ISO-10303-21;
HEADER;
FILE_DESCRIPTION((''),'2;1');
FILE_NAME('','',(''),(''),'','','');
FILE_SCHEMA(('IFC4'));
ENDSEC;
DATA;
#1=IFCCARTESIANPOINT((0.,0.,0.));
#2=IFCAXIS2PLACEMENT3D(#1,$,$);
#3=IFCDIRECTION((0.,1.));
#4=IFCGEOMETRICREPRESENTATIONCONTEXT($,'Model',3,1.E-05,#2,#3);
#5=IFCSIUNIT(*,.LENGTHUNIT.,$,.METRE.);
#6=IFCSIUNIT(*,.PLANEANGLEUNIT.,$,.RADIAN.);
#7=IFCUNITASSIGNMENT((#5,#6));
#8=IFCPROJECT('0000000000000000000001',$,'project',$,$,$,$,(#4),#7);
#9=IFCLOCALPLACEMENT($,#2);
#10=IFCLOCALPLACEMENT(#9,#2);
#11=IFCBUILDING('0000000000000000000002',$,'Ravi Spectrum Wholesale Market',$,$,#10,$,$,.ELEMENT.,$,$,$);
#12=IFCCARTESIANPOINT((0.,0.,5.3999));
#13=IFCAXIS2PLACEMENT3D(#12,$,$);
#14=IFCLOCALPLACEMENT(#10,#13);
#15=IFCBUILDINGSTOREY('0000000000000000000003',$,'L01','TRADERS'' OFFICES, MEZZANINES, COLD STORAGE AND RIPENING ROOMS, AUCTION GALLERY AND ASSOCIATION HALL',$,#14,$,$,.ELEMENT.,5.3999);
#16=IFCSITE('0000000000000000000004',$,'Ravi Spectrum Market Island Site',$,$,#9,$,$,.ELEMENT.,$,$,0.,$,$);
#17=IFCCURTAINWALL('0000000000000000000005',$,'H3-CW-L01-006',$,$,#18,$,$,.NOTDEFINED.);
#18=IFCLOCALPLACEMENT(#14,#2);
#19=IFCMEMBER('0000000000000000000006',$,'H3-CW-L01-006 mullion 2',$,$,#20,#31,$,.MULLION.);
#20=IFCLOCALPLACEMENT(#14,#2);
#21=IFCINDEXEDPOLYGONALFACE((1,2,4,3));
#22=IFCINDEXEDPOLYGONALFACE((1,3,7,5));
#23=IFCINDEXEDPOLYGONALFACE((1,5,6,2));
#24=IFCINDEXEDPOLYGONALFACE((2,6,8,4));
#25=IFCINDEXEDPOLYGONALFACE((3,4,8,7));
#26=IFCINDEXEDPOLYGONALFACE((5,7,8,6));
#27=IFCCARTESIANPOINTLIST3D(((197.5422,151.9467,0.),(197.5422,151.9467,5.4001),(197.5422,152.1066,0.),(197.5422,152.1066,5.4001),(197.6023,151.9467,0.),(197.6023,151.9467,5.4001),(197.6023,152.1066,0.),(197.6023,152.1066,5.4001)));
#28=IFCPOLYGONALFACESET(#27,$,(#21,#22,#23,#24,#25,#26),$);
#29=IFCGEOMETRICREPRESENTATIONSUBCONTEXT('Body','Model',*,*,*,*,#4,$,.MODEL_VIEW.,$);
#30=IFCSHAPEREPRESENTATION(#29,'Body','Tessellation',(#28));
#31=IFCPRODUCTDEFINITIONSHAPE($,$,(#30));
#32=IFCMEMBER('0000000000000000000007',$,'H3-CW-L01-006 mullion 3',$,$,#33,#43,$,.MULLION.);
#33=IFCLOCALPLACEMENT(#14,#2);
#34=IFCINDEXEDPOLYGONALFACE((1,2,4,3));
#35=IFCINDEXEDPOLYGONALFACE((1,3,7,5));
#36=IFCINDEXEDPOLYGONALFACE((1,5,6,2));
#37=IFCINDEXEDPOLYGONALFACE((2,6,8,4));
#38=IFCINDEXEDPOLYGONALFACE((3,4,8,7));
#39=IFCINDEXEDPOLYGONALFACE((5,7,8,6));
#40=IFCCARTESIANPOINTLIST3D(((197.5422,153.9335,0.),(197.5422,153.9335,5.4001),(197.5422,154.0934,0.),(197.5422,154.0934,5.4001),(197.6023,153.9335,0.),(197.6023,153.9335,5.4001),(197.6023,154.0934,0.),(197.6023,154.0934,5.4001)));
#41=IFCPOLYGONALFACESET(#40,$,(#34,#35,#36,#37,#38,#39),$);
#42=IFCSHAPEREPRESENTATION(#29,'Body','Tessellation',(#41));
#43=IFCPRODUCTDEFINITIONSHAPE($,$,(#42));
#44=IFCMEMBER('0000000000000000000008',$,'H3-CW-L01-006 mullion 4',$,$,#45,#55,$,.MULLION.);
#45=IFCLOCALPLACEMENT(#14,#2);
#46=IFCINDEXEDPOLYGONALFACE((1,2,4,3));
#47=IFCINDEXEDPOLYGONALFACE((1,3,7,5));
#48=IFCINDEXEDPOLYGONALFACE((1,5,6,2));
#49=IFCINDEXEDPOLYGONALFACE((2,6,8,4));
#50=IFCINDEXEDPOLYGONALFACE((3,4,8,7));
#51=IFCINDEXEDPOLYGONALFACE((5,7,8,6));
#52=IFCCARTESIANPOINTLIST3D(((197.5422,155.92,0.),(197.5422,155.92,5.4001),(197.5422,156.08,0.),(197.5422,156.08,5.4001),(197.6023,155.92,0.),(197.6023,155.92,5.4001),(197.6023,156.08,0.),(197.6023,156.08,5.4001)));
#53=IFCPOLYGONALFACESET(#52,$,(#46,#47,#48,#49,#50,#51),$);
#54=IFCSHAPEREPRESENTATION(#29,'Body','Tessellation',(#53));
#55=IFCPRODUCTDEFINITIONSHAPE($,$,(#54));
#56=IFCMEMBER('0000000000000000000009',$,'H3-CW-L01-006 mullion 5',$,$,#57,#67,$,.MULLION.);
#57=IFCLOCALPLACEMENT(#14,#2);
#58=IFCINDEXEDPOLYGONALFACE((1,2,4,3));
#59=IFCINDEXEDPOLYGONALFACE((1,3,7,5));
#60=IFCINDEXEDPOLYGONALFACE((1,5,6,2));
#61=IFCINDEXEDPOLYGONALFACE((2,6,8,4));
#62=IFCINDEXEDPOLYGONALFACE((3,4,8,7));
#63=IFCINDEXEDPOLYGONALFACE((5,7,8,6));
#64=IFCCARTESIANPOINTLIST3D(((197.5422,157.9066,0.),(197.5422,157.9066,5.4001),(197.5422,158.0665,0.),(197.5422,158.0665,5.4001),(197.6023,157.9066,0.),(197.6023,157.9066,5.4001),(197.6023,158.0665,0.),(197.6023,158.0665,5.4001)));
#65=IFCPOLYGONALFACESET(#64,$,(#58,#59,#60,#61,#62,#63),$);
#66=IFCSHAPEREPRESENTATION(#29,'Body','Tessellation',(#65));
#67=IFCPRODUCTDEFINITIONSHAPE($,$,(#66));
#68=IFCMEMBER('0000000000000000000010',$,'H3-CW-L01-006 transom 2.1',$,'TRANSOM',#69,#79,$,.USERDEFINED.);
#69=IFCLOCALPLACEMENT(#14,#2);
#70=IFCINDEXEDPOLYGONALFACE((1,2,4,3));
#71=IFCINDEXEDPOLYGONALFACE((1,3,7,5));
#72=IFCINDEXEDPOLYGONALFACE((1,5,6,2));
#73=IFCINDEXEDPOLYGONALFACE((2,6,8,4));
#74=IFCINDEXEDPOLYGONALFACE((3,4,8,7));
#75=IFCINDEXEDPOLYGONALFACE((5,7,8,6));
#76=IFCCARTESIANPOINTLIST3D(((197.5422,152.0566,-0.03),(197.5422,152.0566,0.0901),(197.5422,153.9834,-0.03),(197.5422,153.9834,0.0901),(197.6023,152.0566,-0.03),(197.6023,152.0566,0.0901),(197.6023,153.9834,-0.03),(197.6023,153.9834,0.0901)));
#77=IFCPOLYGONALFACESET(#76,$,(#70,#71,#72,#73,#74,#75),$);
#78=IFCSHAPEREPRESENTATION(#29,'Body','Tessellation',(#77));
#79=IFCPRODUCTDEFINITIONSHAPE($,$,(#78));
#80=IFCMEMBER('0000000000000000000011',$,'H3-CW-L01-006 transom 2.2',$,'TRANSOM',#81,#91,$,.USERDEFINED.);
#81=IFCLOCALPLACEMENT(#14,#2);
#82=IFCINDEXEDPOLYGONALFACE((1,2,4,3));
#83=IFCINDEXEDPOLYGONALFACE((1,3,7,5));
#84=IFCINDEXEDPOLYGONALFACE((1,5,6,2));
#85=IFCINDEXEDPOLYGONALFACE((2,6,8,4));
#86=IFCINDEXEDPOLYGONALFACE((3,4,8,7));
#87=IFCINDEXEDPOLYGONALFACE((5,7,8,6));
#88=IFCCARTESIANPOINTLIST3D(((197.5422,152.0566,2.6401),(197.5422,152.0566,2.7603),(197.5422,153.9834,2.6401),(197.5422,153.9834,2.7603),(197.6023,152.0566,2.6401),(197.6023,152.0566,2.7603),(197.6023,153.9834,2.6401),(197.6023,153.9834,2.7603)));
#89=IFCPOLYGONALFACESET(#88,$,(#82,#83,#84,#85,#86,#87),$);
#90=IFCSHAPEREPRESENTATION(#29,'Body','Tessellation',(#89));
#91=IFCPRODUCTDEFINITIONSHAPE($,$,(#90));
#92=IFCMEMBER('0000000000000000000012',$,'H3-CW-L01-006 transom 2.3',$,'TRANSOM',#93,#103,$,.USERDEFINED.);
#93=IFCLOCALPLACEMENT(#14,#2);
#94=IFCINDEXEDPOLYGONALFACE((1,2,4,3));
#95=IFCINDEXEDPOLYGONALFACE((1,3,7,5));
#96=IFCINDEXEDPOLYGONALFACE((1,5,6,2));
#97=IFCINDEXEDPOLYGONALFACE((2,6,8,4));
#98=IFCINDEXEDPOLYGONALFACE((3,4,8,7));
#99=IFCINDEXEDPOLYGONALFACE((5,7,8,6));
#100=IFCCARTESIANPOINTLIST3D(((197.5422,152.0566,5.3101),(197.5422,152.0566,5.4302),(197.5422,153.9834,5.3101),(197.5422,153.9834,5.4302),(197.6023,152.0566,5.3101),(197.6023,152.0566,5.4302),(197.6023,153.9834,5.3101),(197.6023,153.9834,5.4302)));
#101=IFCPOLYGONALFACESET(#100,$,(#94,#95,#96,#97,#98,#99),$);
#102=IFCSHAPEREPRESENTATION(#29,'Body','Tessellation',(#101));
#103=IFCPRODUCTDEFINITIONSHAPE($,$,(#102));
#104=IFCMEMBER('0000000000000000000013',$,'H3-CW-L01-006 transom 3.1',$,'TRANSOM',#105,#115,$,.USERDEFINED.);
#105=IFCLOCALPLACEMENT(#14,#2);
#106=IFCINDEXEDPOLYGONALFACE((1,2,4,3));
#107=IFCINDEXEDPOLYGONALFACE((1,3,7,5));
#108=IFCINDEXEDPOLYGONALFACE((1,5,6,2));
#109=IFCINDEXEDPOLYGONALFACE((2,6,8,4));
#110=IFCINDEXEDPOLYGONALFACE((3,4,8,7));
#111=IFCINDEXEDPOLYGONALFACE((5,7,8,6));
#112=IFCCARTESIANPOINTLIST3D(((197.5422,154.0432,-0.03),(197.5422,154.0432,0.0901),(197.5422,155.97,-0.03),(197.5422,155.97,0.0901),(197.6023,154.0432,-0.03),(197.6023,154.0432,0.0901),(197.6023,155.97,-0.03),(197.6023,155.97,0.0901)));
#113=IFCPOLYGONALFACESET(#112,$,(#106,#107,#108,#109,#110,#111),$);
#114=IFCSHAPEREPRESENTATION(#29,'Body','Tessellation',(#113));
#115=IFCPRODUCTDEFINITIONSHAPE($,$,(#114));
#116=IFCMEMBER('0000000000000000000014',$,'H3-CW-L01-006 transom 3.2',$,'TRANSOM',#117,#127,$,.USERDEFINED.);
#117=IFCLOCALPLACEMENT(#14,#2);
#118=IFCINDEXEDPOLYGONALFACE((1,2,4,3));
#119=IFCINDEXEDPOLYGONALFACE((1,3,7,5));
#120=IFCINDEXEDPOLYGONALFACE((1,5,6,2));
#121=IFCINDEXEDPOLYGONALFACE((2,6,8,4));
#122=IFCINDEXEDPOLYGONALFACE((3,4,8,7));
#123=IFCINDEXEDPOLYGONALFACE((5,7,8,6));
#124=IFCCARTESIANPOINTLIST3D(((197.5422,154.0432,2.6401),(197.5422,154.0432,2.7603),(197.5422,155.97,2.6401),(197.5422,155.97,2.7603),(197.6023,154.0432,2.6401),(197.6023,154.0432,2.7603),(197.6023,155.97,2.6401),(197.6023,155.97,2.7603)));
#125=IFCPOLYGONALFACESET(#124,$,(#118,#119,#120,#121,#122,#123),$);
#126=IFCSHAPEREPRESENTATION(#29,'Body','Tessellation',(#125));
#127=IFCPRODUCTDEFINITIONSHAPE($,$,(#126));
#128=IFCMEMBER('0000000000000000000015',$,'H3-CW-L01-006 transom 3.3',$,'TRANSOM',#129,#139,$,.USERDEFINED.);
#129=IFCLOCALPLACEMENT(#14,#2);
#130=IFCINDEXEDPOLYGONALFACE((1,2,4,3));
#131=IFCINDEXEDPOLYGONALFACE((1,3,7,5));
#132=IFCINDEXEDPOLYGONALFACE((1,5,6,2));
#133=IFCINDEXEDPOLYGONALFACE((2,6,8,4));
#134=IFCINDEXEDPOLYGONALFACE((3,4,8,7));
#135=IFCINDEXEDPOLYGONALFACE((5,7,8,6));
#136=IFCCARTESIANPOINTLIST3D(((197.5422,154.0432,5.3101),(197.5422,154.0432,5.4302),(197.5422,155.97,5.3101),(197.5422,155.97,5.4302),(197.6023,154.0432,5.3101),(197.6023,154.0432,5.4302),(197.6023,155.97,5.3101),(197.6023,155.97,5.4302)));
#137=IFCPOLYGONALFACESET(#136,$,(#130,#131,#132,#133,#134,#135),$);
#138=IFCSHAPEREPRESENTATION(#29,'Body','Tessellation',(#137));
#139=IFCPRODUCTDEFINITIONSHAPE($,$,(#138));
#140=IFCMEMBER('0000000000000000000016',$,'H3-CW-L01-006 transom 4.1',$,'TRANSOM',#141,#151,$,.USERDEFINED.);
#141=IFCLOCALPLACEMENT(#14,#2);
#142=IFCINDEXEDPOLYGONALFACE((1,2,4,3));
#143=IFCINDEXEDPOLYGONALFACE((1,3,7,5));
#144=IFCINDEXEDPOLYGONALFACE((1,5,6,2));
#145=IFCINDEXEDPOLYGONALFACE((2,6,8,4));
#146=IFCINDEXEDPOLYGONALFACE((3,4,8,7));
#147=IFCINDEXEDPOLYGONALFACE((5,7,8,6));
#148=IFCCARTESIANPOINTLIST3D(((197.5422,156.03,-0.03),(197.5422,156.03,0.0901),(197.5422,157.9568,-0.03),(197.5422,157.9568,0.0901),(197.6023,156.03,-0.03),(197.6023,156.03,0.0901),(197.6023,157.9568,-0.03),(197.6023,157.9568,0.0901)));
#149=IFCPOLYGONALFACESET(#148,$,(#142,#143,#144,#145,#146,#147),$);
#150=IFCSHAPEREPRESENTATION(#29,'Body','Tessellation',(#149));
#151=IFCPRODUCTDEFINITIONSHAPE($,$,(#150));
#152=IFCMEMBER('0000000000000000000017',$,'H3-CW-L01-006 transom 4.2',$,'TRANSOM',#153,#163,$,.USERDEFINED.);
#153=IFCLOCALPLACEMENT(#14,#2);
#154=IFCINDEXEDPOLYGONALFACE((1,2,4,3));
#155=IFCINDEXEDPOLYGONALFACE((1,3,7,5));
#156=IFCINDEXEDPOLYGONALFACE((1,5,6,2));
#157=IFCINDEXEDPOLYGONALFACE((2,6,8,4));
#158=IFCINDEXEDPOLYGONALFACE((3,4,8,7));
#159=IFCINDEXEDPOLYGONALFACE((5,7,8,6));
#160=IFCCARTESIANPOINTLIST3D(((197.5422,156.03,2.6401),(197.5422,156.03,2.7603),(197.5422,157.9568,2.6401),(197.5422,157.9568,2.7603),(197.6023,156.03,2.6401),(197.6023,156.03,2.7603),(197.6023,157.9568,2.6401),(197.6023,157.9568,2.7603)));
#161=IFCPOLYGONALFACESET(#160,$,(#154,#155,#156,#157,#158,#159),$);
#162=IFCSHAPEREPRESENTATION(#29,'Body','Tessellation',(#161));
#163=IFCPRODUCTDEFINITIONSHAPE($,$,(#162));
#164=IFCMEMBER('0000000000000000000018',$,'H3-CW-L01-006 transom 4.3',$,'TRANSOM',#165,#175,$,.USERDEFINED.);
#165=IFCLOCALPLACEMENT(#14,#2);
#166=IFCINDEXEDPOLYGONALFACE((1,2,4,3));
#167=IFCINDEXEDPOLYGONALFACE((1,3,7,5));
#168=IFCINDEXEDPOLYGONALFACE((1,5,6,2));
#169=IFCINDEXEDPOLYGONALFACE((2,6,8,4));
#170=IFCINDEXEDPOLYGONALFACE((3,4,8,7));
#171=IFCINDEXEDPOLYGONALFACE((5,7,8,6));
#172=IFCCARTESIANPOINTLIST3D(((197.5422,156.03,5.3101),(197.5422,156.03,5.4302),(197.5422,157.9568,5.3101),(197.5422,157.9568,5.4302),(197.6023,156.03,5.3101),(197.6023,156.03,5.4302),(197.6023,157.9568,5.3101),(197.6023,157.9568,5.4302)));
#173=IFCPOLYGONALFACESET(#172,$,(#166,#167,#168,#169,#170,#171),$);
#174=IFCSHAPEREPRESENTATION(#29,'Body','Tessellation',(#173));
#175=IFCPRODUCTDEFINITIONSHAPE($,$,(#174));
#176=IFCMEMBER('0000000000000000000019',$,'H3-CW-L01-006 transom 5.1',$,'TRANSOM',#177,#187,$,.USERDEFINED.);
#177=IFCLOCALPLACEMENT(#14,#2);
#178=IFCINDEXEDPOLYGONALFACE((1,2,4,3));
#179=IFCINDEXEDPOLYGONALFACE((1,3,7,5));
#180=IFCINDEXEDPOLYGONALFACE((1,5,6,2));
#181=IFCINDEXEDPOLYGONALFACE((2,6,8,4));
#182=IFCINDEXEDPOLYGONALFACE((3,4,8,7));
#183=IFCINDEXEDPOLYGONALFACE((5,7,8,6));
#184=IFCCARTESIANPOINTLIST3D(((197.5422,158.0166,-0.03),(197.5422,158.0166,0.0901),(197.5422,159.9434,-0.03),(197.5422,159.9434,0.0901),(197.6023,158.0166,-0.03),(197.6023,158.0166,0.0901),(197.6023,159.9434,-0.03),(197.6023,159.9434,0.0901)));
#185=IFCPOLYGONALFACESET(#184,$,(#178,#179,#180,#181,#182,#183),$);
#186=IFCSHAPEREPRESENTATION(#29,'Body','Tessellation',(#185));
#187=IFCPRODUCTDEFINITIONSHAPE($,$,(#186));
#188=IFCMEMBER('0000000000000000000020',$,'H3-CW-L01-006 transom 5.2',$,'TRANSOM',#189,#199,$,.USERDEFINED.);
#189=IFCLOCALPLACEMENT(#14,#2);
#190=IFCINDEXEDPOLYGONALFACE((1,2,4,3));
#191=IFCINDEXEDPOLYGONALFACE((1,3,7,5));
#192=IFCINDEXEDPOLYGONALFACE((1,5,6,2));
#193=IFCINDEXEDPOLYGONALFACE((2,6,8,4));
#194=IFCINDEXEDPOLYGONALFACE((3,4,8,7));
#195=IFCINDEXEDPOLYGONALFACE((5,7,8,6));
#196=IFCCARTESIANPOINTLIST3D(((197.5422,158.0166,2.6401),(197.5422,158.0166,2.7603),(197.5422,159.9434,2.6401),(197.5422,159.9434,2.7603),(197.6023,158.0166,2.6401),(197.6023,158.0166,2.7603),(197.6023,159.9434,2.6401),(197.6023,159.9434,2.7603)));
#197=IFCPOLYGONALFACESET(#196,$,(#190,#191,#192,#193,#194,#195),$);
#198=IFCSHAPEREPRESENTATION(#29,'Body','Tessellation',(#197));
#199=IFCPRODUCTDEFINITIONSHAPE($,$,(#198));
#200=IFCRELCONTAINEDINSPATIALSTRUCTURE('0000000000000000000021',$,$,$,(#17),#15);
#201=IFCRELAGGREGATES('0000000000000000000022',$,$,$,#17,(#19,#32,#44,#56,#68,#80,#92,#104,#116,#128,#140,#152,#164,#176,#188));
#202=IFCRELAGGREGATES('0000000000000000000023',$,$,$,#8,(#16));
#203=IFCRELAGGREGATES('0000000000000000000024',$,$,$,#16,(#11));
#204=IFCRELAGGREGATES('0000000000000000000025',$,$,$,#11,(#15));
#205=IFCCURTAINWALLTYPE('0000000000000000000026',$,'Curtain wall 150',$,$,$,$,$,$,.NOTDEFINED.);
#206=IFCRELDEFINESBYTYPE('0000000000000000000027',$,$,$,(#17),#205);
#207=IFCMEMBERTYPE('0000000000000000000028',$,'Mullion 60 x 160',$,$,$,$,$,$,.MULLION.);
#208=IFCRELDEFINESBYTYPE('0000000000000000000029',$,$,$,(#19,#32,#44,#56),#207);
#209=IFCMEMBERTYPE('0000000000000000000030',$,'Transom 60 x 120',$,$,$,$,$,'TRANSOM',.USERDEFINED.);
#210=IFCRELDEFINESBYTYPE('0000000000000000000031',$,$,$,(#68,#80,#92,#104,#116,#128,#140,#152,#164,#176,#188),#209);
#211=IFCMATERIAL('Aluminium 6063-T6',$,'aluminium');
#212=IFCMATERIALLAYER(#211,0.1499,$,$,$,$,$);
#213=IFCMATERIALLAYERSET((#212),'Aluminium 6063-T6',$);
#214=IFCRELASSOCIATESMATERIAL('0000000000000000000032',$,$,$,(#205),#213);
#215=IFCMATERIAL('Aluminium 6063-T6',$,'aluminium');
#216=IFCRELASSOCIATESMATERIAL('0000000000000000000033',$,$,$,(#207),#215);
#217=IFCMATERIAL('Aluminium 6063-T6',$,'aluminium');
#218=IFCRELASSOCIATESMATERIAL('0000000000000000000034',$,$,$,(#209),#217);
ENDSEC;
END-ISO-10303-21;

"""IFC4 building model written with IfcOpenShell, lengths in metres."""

from ifc_helpers import new_model, si_unit, direction, frame, origin, origin_2d, place, context, subcontext, project, spatial, rectangle, extrude, material, layer, layer_set, material_profile, profile_set, type_object, element, aggregate, save


model = new_model("IFC4")

# Units and contexts
model_context = context("Model", 3, precision=1e-05, world=origin(), true_north=direction((0.0, 1.0)))
body_context = subcontext(model_context, "Body", "Model", "MODEL_VIEW")
ifc_project = project(units=[si_unit("LENGTHUNIT", "METRE"), si_unit("PLANEANGLEUNIT", "RADIAN")], contexts=[model_context])

# Site, building, storey
site_placement = place(None, origin())
site = spatial("IfcSite", under=ifc_project, at=site_placement, Name="Ravi Spectrum Market Island Site", CompositionType="ELEMENT", RefElevation=0.0)
building_placement = place(site_placement, origin())
building = spatial("IfcBuilding", under=site, at=building_placement, Name="Ravi Spectrum Wholesale Market", CompositionType="ELEMENT")
storey_placement = place(building_placement, frame((0.0, 0.0, 5.3999)))
storey = spatial("IfcBuildingStorey", under=building, at=storey_placement, Name="L01", Description="TRADERS' OFFICES, MEZZANINES, COLD STORAGE AND RIPENING ROOMS, AUCTION GALLERY AND ASSOCIATION HALL", CompositionType="ELEMENT", Elevation=5.3999)

# Curtain wall, members
ifc_material_1 = material(Name="Aluminium 6063-T6", Category="aluminium")
ifc_layer_1 = layer(ifc_material_1, 0.1499)
ifc_layer_set_1 = layer_set([ifc_layer_1], Name="Aluminium 6063-T6")
curtain_wall_type = type_object("IfcCurtainWallType", Name="Curtain wall 150", PredefinedType="NOTDEFINED", material=ifc_layer_set_1)
curtain_wall_placement = place(storey_placement, origin())
curtain_wall = element("IfcCurtainWall", 1, at=curtain_wall_placement, inside=storey, type_object=curtain_wall_type, Name="H3-CW-L01-006", PredefinedType="NOTDEFINED")
ifc_material_2 = material(Name="Aluminium 6063-T6", Category="aluminium")
ifc_material_profile_1 = material_profile(ifc_material_2, rectangle(XDim=0.0601, YDim=0.1599, at=origin_2d()))
ifc_profile_set_1 = profile_set([ifc_material_profile_1], Name="Aluminium 6063-T6")
member_type_1 = type_object("IfcMemberType", Name="Mullion 60 x 160", PredefinedType="MULLION", material=ifc_profile_set_1)
member_1_placement = place(storey_placement, frame((197.5723, 152.0266, 0.0), z_axis=(0.0, 0.0, 1.0), x_axis=(-1.0, 0.0, 0.0)))
member_1 = element("IfcMember", 2, at=member_1_placement, type_object=member_type_1, Name="H3-CW-L01-006 mullion 2", PredefinedType="MULLION", context=body_context, shape_type="SweptSolid", body=[
    extrude(rectangle(XDim=0.0601, YDim=0.1599, at=origin_2d()), origin(), (0.0, 0.0, 1.0), 5.4001),
])
member_2_placement = place(storey_placement, frame((197.5723, 154.0134, 0.0), z_axis=(0.0, 0.0, 1.0), x_axis=(-1.0, 0.0, 0.0)))
member_2 = element("IfcMember", 3, at=member_2_placement, type_object=member_type_1, Name="H3-CW-L01-006 mullion 3", PredefinedType="MULLION", context=body_context, shape_type="SweptSolid", body=[
    extrude(rectangle(XDim=0.0601, YDim=0.1599, at=origin_2d()), origin(), (0.0, 0.0, 1.0), 5.4001),
])
member_3_placement = place(storey_placement, frame((197.5723, 156.0, 0.0), z_axis=(0.0, 0.0, 1.0), x_axis=(-1.0, 0.0, 0.0)))
member_3 = element("IfcMember", 4, at=member_3_placement, type_object=member_type_1, Name="H3-CW-L01-006 mullion 4", PredefinedType="MULLION", context=body_context, shape_type="SweptSolid", body=[
    extrude(rectangle(XDim=0.0601, YDim=0.1599, at=origin_2d()), origin(), (0.0, 0.0, 1.0), 5.4001),
])
member_4_placement = place(storey_placement, frame((197.5723, 157.9866, 0.0), z_axis=(0.0, 0.0, 1.0), x_axis=(-1.0, 0.0, 0.0)))
member_4 = element("IfcMember", 5, at=member_4_placement, type_object=member_type_1, Name="H3-CW-L01-006 mullion 5", PredefinedType="MULLION", context=body_context, shape_type="SweptSolid", body=[
    extrude(rectangle(XDim=0.0601, YDim=0.1599, at=origin_2d()), origin(), (0.0, 0.0, 1.0), 5.4001),
])
ifc_material_3 = material(Name="Aluminium 6063-T6", Category="aluminium")
ifc_material_profile_2 = material_profile(ifc_material_3, rectangle(XDim=0.0601, YDim=0.1201, at=origin_2d()))
ifc_profile_set_2 = profile_set([ifc_material_profile_2], Name="Aluminium 6063-T6")
member_type_2 = type_object("IfcMemberType", Name="Transom 60 x 120", ElementType="TRANSOM", PredefinedType="USERDEFINED", material=ifc_profile_set_2)
member_5_placement = place(storey_placement, frame((197.5723, 152.0566, 0.03), z_axis=(0.0, 1.0, 0.0), x_axis=(-1.0, 0.0, 0.0)))
member_5 = element("IfcMember", 6, at=member_5_placement, type_object=member_type_2, Name="H3-CW-L01-006 transom 2.1", ObjectType="TRANSOM", PredefinedType="USERDEFINED", context=body_context, shape_type="SweptSolid", body=[
    extrude(rectangle(XDim=0.0601, YDim=0.1201, at=origin_2d()), origin(), (0.0, 0.0, 1.0), 1.9268),
])
member_6_placement = place(storey_placement, frame((197.5723, 152.0566, 2.7002), z_axis=(0.0, 1.0, 0.0), x_axis=(-1.0, 0.0, 0.0)))
member_6 = element("IfcMember", 7, at=member_6_placement, type_object=member_type_2, Name="H3-CW-L01-006 transom 2.2", ObjectType="TRANSOM", PredefinedType="USERDEFINED", context=body_context, shape_type="SweptSolid", body=[
    extrude(rectangle(XDim=0.0601, YDim=0.1201, at=origin_2d()), origin(), (0.0, 0.0, 1.0), 1.9268),
])
member_7_placement = place(storey_placement, frame((197.5723, 152.0566, 5.3701), z_axis=(0.0, 1.0, 0.0), x_axis=(-1.0, 0.0, 0.0)))
member_7 = element("IfcMember", 8, at=member_7_placement, type_object=member_type_2, Name="H3-CW-L01-006 transom 2.3", ObjectType="TRANSOM", PredefinedType="USERDEFINED", context=body_context, shape_type="SweptSolid", body=[
    extrude(rectangle(XDim=0.0601, YDim=0.1201, at=origin_2d()), origin(), (0.0, 0.0, 1.0), 1.9268),
])
member_8_placement = place(storey_placement, frame((197.5723, 154.0432, 0.03), z_axis=(0.0, 1.0, 0.0), x_axis=(-1.0, 0.0, 0.0)))
member_8 = element("IfcMember", 9, at=member_8_placement, type_object=member_type_2, Name="H3-CW-L01-006 transom 3.1", ObjectType="TRANSOM", PredefinedType="USERDEFINED", context=body_context, shape_type="SweptSolid", body=[
    extrude(rectangle(XDim=0.0601, YDim=0.1201, at=origin_2d()), origin(), (0.0, 0.0, 1.0), 1.9268),
])
member_9_placement = place(storey_placement, frame((197.5723, 154.0432, 2.7002), z_axis=(0.0, 1.0, 0.0), x_axis=(-1.0, 0.0, 0.0)))
member_9 = element("IfcMember", 10, at=member_9_placement, type_object=member_type_2, Name="H3-CW-L01-006 transom 3.2", ObjectType="TRANSOM", PredefinedType="USERDEFINED", context=body_context, shape_type="SweptSolid", body=[
    extrude(rectangle(XDim=0.0601, YDim=0.1201, at=origin_2d()), origin(), (0.0, 0.0, 1.0), 1.9268),
])
member_10_placement = place(storey_placement, frame((197.5723, 154.0432, 5.3701), z_axis=(0.0, 1.0, 0.0), x_axis=(-1.0, 0.0, 0.0)))
member_10 = element("IfcMember", 11, at=member_10_placement, type_object=member_type_2, Name="H3-CW-L01-006 transom 3.3", ObjectType="TRANSOM", PredefinedType="USERDEFINED", context=body_context, shape_type="SweptSolid", body=[
    extrude(rectangle(XDim=0.0601, YDim=0.1201, at=origin_2d()), origin(), (0.0, 0.0, 1.0), 1.9268),
])
member_11_placement = place(storey_placement, frame((197.5723, 156.03, 0.03), z_axis=(0.0, 1.0, 0.0), x_axis=(-1.0, 0.0, 0.0)))
member_11 = element("IfcMember", 12, at=member_11_placement, type_object=member_type_2, Name="H3-CW-L01-006 transom 4.1", ObjectType="TRANSOM", PredefinedType="USERDEFINED", context=body_context, shape_type="SweptSolid", body=[
    extrude(rectangle(XDim=0.0601, YDim=0.1201, at=origin_2d()), origin(), (0.0, 0.0, 1.0), 1.9268),
])
member_12_placement = place(storey_placement, frame((197.5723, 156.03, 2.7002), z_axis=(0.0, 1.0, 0.0), x_axis=(-1.0, 0.0, 0.0)))
member_12 = element("IfcMember", 13, at=member_12_placement, type_object=member_type_2, Name="H3-CW-L01-006 transom 4.2", ObjectType="TRANSOM", PredefinedType="USERDEFINED", context=body_context, shape_type="SweptSolid", body=[
    extrude(rectangle(XDim=0.0601, YDim=0.1201, at=origin_2d()), origin(), (0.0, 0.0, 1.0), 1.9268),
])
member_13_placement = place(storey_placement, frame((197.5723, 156.03, 5.3701), z_axis=(0.0, 1.0, 0.0), x_axis=(-1.0, 0.0, 0.0)))
member_13 = element("IfcMember", 14, at=member_13_placement, type_object=member_type_2, Name="H3-CW-L01-006 transom 4.3", ObjectType="TRANSOM", PredefinedType="USERDEFINED", context=body_context, shape_type="SweptSolid", body=[
    extrude(rectangle(XDim=0.0601, YDim=0.1201, at=origin_2d()), origin(), (0.0, 0.0, 1.0), 1.9268),
])
member_14_placement = place(storey_placement, frame((197.5723, 158.0166, 0.03), z_axis=(0.0, 1.0, 0.0), x_axis=(-1.0, 0.0, 0.0)))
member_14 = element("IfcMember", 15, at=member_14_placement, type_object=member_type_2, Name="H3-CW-L01-006 transom 5.1", ObjectType="TRANSOM", PredefinedType="USERDEFINED", context=body_context, shape_type="SweptSolid", body=[
    extrude(rectangle(XDim=0.0601, YDim=0.1201, at=origin_2d()), origin(), (0.0, 0.0, 1.0), 1.9268),
])
member_15_placement = place(storey_placement, frame((197.5723, 158.0166, 2.7002), z_axis=(0.0, 1.0, 0.0), x_axis=(-1.0, 0.0, 0.0)))
member_15 = element("IfcMember", 16, at=member_15_placement, type_object=member_type_2, Name="H3-CW-L01-006 transom 5.2", ObjectType="TRANSOM", PredefinedType="USERDEFINED", context=body_context, shape_type="SweptSolid", body=[
    extrude(rectangle(XDim=0.0601, YDim=0.1201, at=origin_2d()), origin(), (0.0, 0.0, 1.0), 1.9268),
])
aggregate(curtain_wall, [member_1, member_2, member_3, member_4, member_5, member_6, member_7, member_8, member_9, member_10, member_11, member_12, member_13, member_14, member_15])

save(model, "model.ifc")
